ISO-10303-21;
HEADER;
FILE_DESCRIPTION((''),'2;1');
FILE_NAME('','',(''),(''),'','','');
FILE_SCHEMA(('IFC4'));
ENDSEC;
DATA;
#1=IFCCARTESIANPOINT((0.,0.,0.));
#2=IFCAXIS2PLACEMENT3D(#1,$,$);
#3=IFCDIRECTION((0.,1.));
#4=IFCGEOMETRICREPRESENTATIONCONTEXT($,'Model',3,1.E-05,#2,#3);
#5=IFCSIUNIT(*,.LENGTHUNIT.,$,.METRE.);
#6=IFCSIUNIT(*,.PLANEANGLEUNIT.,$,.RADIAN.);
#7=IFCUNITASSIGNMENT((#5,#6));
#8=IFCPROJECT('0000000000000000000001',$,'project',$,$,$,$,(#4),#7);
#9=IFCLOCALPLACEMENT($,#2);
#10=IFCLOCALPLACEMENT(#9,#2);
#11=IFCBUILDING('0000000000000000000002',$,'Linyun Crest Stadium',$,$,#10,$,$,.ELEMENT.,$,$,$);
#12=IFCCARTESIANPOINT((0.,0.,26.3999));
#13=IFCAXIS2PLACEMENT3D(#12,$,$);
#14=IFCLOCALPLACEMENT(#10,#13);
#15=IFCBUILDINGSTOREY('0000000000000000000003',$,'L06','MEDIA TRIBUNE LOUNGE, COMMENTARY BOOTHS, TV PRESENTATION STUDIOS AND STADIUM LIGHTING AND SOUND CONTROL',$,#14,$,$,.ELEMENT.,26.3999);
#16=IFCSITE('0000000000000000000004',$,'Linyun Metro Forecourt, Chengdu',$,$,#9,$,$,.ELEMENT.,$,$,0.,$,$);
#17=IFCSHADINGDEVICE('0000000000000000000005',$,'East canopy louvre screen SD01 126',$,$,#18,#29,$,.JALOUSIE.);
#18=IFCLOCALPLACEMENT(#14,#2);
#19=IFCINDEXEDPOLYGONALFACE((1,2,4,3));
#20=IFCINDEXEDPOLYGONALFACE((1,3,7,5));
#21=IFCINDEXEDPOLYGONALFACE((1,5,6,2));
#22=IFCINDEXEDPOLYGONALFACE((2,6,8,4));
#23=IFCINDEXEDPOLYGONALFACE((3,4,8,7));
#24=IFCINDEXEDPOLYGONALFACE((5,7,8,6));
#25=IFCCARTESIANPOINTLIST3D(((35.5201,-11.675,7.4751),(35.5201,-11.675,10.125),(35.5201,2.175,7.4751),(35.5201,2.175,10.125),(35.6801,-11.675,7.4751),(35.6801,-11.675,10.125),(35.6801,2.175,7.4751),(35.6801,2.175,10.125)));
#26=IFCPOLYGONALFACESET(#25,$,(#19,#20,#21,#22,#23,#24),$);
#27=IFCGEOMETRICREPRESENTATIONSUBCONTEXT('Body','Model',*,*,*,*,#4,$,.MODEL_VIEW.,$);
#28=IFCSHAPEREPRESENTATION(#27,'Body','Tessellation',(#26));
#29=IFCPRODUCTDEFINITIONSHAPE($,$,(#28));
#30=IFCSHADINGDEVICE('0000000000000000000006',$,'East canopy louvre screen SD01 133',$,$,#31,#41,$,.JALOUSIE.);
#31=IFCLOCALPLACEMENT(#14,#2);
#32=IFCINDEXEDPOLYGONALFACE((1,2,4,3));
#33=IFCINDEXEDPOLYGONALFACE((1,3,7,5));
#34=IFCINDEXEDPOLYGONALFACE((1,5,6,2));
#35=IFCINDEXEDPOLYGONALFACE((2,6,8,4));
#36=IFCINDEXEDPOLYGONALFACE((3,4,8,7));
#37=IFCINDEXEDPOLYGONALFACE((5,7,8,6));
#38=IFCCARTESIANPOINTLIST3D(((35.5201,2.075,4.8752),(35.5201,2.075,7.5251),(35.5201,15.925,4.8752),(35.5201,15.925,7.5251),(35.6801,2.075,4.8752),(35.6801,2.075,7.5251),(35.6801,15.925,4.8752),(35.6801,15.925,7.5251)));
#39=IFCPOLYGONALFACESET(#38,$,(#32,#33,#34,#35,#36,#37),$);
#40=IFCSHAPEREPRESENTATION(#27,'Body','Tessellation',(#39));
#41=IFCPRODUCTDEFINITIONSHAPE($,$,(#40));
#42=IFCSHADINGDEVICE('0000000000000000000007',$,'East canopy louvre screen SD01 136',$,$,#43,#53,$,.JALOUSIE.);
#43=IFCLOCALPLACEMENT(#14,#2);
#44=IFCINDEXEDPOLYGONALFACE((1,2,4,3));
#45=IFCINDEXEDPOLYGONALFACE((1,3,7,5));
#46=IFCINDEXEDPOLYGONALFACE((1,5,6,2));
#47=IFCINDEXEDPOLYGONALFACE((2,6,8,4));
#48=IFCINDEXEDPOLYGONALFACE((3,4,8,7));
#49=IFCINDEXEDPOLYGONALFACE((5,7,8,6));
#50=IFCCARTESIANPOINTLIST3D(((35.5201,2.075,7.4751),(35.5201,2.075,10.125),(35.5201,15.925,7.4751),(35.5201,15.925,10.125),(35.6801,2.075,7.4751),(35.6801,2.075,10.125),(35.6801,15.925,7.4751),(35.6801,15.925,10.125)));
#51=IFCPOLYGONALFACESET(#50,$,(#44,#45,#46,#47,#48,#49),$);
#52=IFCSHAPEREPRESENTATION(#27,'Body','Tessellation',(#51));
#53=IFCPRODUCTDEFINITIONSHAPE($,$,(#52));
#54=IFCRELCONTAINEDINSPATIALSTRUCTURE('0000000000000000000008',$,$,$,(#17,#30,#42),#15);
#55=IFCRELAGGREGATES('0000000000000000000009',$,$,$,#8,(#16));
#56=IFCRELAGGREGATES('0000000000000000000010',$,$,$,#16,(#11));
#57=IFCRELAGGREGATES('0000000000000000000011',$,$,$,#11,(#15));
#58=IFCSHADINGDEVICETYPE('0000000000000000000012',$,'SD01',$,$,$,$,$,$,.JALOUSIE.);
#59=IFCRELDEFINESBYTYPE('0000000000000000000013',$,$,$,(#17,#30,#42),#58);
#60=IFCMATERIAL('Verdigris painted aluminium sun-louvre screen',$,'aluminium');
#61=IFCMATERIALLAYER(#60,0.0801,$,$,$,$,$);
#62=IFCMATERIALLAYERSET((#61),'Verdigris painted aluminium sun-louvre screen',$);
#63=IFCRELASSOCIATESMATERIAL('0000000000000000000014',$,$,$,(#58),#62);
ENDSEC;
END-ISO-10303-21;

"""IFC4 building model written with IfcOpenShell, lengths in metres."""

from ifc_helpers import new_model, si_unit, direction, frame, origin, origin_2d, place, context, subcontext, project, spatial, rectangle, extrude, material, layer, layer_set, type_object, element, save


model = new_model("IFC4")

# Units and contexts
model_context = context("Model", 3, precision=1e-05, world=origin(), true_north=direction((0.0, 1.0)))
body_context = subcontext(model_context, "Body", "Model", "MODEL_VIEW")
ifc_project = project(units=[si_unit("LENGTHUNIT", "METRE"), si_unit("PLANEANGLEUNIT", "RADIAN")], contexts=[model_context])

# Site, building, storey
site_placement = place(None, origin())
site = spatial("IfcSite", under=ifc_project, at=site_placement, Name="Linyun Metro Forecourt, Chengdu", CompositionType="ELEMENT", RefElevation=0.0)
building_placement = place(site_placement, origin())
building = spatial("IfcBuilding", under=site, at=building_placement, Name="Linyun Crest Stadium", CompositionType="ELEMENT")
storey_placement = place(building_placement, frame((0.0, 0.0, 26.3999)))
storey = spatial("IfcBuildingStorey", under=building, at=storey_placement, Name="L06", Description="MEDIA TRIBUNE LOUNGE, COMMENTARY BOOTHS, TV PRESENTATION STUDIOS AND STADIUM LIGHTING AND SOUND CONTROL", CompositionType="ELEMENT", Elevation=26.3999)

# Shading devices
ifc_material_1 = material(Name="Verdigris painted aluminium sun-louvre screen", Category="aluminium")
ifc_layer_1 = layer(ifc_material_1, 0.0801)
ifc_layer_set_1 = layer_set([ifc_layer_1], Name="Verdigris painted aluminium sun-louvre screen")
shading_device_type = type_object("IfcShadingDeviceType", Name="SD01", PredefinedType="JALOUSIE", material=ifc_layer_set_1)
for number, where, z_axis, x_axis, name in (
    (1, (35.6001, -4.75, 7.4751), (0.0, 0.0, 1.0), (1.0, 0.0, 0.0), "East canopy louvre screen SD01 126"),
    (2, (35.6001, 9.0, 4.8752), (0.0, 0.0, 1.0), (1.0, 0.0, 0.0), "East canopy louvre screen SD01 133"),
    (3, (35.6001, 9.0, 7.4751), (0.0, 0.0, 1.0), (1.0, 0.0, 0.0), "East canopy louvre screen SD01 136"),
):
    element("IfcShadingDevice", number, at=place(storey_placement, frame(where, z_axis=z_axis, x_axis=x_axis)), inside=storey, type_object=shading_device_type, Name=name, PredefinedType="JALOUSIE", context=body_context, shape_type="SweptSolid", body=[
        extrude(rectangle(XDim=0.1599, YDim=13.8501, at=origin_2d()), origin(), (0.0, 0.0, 1.0), 2.6499),
    ])

save(model, "model.ifc")
